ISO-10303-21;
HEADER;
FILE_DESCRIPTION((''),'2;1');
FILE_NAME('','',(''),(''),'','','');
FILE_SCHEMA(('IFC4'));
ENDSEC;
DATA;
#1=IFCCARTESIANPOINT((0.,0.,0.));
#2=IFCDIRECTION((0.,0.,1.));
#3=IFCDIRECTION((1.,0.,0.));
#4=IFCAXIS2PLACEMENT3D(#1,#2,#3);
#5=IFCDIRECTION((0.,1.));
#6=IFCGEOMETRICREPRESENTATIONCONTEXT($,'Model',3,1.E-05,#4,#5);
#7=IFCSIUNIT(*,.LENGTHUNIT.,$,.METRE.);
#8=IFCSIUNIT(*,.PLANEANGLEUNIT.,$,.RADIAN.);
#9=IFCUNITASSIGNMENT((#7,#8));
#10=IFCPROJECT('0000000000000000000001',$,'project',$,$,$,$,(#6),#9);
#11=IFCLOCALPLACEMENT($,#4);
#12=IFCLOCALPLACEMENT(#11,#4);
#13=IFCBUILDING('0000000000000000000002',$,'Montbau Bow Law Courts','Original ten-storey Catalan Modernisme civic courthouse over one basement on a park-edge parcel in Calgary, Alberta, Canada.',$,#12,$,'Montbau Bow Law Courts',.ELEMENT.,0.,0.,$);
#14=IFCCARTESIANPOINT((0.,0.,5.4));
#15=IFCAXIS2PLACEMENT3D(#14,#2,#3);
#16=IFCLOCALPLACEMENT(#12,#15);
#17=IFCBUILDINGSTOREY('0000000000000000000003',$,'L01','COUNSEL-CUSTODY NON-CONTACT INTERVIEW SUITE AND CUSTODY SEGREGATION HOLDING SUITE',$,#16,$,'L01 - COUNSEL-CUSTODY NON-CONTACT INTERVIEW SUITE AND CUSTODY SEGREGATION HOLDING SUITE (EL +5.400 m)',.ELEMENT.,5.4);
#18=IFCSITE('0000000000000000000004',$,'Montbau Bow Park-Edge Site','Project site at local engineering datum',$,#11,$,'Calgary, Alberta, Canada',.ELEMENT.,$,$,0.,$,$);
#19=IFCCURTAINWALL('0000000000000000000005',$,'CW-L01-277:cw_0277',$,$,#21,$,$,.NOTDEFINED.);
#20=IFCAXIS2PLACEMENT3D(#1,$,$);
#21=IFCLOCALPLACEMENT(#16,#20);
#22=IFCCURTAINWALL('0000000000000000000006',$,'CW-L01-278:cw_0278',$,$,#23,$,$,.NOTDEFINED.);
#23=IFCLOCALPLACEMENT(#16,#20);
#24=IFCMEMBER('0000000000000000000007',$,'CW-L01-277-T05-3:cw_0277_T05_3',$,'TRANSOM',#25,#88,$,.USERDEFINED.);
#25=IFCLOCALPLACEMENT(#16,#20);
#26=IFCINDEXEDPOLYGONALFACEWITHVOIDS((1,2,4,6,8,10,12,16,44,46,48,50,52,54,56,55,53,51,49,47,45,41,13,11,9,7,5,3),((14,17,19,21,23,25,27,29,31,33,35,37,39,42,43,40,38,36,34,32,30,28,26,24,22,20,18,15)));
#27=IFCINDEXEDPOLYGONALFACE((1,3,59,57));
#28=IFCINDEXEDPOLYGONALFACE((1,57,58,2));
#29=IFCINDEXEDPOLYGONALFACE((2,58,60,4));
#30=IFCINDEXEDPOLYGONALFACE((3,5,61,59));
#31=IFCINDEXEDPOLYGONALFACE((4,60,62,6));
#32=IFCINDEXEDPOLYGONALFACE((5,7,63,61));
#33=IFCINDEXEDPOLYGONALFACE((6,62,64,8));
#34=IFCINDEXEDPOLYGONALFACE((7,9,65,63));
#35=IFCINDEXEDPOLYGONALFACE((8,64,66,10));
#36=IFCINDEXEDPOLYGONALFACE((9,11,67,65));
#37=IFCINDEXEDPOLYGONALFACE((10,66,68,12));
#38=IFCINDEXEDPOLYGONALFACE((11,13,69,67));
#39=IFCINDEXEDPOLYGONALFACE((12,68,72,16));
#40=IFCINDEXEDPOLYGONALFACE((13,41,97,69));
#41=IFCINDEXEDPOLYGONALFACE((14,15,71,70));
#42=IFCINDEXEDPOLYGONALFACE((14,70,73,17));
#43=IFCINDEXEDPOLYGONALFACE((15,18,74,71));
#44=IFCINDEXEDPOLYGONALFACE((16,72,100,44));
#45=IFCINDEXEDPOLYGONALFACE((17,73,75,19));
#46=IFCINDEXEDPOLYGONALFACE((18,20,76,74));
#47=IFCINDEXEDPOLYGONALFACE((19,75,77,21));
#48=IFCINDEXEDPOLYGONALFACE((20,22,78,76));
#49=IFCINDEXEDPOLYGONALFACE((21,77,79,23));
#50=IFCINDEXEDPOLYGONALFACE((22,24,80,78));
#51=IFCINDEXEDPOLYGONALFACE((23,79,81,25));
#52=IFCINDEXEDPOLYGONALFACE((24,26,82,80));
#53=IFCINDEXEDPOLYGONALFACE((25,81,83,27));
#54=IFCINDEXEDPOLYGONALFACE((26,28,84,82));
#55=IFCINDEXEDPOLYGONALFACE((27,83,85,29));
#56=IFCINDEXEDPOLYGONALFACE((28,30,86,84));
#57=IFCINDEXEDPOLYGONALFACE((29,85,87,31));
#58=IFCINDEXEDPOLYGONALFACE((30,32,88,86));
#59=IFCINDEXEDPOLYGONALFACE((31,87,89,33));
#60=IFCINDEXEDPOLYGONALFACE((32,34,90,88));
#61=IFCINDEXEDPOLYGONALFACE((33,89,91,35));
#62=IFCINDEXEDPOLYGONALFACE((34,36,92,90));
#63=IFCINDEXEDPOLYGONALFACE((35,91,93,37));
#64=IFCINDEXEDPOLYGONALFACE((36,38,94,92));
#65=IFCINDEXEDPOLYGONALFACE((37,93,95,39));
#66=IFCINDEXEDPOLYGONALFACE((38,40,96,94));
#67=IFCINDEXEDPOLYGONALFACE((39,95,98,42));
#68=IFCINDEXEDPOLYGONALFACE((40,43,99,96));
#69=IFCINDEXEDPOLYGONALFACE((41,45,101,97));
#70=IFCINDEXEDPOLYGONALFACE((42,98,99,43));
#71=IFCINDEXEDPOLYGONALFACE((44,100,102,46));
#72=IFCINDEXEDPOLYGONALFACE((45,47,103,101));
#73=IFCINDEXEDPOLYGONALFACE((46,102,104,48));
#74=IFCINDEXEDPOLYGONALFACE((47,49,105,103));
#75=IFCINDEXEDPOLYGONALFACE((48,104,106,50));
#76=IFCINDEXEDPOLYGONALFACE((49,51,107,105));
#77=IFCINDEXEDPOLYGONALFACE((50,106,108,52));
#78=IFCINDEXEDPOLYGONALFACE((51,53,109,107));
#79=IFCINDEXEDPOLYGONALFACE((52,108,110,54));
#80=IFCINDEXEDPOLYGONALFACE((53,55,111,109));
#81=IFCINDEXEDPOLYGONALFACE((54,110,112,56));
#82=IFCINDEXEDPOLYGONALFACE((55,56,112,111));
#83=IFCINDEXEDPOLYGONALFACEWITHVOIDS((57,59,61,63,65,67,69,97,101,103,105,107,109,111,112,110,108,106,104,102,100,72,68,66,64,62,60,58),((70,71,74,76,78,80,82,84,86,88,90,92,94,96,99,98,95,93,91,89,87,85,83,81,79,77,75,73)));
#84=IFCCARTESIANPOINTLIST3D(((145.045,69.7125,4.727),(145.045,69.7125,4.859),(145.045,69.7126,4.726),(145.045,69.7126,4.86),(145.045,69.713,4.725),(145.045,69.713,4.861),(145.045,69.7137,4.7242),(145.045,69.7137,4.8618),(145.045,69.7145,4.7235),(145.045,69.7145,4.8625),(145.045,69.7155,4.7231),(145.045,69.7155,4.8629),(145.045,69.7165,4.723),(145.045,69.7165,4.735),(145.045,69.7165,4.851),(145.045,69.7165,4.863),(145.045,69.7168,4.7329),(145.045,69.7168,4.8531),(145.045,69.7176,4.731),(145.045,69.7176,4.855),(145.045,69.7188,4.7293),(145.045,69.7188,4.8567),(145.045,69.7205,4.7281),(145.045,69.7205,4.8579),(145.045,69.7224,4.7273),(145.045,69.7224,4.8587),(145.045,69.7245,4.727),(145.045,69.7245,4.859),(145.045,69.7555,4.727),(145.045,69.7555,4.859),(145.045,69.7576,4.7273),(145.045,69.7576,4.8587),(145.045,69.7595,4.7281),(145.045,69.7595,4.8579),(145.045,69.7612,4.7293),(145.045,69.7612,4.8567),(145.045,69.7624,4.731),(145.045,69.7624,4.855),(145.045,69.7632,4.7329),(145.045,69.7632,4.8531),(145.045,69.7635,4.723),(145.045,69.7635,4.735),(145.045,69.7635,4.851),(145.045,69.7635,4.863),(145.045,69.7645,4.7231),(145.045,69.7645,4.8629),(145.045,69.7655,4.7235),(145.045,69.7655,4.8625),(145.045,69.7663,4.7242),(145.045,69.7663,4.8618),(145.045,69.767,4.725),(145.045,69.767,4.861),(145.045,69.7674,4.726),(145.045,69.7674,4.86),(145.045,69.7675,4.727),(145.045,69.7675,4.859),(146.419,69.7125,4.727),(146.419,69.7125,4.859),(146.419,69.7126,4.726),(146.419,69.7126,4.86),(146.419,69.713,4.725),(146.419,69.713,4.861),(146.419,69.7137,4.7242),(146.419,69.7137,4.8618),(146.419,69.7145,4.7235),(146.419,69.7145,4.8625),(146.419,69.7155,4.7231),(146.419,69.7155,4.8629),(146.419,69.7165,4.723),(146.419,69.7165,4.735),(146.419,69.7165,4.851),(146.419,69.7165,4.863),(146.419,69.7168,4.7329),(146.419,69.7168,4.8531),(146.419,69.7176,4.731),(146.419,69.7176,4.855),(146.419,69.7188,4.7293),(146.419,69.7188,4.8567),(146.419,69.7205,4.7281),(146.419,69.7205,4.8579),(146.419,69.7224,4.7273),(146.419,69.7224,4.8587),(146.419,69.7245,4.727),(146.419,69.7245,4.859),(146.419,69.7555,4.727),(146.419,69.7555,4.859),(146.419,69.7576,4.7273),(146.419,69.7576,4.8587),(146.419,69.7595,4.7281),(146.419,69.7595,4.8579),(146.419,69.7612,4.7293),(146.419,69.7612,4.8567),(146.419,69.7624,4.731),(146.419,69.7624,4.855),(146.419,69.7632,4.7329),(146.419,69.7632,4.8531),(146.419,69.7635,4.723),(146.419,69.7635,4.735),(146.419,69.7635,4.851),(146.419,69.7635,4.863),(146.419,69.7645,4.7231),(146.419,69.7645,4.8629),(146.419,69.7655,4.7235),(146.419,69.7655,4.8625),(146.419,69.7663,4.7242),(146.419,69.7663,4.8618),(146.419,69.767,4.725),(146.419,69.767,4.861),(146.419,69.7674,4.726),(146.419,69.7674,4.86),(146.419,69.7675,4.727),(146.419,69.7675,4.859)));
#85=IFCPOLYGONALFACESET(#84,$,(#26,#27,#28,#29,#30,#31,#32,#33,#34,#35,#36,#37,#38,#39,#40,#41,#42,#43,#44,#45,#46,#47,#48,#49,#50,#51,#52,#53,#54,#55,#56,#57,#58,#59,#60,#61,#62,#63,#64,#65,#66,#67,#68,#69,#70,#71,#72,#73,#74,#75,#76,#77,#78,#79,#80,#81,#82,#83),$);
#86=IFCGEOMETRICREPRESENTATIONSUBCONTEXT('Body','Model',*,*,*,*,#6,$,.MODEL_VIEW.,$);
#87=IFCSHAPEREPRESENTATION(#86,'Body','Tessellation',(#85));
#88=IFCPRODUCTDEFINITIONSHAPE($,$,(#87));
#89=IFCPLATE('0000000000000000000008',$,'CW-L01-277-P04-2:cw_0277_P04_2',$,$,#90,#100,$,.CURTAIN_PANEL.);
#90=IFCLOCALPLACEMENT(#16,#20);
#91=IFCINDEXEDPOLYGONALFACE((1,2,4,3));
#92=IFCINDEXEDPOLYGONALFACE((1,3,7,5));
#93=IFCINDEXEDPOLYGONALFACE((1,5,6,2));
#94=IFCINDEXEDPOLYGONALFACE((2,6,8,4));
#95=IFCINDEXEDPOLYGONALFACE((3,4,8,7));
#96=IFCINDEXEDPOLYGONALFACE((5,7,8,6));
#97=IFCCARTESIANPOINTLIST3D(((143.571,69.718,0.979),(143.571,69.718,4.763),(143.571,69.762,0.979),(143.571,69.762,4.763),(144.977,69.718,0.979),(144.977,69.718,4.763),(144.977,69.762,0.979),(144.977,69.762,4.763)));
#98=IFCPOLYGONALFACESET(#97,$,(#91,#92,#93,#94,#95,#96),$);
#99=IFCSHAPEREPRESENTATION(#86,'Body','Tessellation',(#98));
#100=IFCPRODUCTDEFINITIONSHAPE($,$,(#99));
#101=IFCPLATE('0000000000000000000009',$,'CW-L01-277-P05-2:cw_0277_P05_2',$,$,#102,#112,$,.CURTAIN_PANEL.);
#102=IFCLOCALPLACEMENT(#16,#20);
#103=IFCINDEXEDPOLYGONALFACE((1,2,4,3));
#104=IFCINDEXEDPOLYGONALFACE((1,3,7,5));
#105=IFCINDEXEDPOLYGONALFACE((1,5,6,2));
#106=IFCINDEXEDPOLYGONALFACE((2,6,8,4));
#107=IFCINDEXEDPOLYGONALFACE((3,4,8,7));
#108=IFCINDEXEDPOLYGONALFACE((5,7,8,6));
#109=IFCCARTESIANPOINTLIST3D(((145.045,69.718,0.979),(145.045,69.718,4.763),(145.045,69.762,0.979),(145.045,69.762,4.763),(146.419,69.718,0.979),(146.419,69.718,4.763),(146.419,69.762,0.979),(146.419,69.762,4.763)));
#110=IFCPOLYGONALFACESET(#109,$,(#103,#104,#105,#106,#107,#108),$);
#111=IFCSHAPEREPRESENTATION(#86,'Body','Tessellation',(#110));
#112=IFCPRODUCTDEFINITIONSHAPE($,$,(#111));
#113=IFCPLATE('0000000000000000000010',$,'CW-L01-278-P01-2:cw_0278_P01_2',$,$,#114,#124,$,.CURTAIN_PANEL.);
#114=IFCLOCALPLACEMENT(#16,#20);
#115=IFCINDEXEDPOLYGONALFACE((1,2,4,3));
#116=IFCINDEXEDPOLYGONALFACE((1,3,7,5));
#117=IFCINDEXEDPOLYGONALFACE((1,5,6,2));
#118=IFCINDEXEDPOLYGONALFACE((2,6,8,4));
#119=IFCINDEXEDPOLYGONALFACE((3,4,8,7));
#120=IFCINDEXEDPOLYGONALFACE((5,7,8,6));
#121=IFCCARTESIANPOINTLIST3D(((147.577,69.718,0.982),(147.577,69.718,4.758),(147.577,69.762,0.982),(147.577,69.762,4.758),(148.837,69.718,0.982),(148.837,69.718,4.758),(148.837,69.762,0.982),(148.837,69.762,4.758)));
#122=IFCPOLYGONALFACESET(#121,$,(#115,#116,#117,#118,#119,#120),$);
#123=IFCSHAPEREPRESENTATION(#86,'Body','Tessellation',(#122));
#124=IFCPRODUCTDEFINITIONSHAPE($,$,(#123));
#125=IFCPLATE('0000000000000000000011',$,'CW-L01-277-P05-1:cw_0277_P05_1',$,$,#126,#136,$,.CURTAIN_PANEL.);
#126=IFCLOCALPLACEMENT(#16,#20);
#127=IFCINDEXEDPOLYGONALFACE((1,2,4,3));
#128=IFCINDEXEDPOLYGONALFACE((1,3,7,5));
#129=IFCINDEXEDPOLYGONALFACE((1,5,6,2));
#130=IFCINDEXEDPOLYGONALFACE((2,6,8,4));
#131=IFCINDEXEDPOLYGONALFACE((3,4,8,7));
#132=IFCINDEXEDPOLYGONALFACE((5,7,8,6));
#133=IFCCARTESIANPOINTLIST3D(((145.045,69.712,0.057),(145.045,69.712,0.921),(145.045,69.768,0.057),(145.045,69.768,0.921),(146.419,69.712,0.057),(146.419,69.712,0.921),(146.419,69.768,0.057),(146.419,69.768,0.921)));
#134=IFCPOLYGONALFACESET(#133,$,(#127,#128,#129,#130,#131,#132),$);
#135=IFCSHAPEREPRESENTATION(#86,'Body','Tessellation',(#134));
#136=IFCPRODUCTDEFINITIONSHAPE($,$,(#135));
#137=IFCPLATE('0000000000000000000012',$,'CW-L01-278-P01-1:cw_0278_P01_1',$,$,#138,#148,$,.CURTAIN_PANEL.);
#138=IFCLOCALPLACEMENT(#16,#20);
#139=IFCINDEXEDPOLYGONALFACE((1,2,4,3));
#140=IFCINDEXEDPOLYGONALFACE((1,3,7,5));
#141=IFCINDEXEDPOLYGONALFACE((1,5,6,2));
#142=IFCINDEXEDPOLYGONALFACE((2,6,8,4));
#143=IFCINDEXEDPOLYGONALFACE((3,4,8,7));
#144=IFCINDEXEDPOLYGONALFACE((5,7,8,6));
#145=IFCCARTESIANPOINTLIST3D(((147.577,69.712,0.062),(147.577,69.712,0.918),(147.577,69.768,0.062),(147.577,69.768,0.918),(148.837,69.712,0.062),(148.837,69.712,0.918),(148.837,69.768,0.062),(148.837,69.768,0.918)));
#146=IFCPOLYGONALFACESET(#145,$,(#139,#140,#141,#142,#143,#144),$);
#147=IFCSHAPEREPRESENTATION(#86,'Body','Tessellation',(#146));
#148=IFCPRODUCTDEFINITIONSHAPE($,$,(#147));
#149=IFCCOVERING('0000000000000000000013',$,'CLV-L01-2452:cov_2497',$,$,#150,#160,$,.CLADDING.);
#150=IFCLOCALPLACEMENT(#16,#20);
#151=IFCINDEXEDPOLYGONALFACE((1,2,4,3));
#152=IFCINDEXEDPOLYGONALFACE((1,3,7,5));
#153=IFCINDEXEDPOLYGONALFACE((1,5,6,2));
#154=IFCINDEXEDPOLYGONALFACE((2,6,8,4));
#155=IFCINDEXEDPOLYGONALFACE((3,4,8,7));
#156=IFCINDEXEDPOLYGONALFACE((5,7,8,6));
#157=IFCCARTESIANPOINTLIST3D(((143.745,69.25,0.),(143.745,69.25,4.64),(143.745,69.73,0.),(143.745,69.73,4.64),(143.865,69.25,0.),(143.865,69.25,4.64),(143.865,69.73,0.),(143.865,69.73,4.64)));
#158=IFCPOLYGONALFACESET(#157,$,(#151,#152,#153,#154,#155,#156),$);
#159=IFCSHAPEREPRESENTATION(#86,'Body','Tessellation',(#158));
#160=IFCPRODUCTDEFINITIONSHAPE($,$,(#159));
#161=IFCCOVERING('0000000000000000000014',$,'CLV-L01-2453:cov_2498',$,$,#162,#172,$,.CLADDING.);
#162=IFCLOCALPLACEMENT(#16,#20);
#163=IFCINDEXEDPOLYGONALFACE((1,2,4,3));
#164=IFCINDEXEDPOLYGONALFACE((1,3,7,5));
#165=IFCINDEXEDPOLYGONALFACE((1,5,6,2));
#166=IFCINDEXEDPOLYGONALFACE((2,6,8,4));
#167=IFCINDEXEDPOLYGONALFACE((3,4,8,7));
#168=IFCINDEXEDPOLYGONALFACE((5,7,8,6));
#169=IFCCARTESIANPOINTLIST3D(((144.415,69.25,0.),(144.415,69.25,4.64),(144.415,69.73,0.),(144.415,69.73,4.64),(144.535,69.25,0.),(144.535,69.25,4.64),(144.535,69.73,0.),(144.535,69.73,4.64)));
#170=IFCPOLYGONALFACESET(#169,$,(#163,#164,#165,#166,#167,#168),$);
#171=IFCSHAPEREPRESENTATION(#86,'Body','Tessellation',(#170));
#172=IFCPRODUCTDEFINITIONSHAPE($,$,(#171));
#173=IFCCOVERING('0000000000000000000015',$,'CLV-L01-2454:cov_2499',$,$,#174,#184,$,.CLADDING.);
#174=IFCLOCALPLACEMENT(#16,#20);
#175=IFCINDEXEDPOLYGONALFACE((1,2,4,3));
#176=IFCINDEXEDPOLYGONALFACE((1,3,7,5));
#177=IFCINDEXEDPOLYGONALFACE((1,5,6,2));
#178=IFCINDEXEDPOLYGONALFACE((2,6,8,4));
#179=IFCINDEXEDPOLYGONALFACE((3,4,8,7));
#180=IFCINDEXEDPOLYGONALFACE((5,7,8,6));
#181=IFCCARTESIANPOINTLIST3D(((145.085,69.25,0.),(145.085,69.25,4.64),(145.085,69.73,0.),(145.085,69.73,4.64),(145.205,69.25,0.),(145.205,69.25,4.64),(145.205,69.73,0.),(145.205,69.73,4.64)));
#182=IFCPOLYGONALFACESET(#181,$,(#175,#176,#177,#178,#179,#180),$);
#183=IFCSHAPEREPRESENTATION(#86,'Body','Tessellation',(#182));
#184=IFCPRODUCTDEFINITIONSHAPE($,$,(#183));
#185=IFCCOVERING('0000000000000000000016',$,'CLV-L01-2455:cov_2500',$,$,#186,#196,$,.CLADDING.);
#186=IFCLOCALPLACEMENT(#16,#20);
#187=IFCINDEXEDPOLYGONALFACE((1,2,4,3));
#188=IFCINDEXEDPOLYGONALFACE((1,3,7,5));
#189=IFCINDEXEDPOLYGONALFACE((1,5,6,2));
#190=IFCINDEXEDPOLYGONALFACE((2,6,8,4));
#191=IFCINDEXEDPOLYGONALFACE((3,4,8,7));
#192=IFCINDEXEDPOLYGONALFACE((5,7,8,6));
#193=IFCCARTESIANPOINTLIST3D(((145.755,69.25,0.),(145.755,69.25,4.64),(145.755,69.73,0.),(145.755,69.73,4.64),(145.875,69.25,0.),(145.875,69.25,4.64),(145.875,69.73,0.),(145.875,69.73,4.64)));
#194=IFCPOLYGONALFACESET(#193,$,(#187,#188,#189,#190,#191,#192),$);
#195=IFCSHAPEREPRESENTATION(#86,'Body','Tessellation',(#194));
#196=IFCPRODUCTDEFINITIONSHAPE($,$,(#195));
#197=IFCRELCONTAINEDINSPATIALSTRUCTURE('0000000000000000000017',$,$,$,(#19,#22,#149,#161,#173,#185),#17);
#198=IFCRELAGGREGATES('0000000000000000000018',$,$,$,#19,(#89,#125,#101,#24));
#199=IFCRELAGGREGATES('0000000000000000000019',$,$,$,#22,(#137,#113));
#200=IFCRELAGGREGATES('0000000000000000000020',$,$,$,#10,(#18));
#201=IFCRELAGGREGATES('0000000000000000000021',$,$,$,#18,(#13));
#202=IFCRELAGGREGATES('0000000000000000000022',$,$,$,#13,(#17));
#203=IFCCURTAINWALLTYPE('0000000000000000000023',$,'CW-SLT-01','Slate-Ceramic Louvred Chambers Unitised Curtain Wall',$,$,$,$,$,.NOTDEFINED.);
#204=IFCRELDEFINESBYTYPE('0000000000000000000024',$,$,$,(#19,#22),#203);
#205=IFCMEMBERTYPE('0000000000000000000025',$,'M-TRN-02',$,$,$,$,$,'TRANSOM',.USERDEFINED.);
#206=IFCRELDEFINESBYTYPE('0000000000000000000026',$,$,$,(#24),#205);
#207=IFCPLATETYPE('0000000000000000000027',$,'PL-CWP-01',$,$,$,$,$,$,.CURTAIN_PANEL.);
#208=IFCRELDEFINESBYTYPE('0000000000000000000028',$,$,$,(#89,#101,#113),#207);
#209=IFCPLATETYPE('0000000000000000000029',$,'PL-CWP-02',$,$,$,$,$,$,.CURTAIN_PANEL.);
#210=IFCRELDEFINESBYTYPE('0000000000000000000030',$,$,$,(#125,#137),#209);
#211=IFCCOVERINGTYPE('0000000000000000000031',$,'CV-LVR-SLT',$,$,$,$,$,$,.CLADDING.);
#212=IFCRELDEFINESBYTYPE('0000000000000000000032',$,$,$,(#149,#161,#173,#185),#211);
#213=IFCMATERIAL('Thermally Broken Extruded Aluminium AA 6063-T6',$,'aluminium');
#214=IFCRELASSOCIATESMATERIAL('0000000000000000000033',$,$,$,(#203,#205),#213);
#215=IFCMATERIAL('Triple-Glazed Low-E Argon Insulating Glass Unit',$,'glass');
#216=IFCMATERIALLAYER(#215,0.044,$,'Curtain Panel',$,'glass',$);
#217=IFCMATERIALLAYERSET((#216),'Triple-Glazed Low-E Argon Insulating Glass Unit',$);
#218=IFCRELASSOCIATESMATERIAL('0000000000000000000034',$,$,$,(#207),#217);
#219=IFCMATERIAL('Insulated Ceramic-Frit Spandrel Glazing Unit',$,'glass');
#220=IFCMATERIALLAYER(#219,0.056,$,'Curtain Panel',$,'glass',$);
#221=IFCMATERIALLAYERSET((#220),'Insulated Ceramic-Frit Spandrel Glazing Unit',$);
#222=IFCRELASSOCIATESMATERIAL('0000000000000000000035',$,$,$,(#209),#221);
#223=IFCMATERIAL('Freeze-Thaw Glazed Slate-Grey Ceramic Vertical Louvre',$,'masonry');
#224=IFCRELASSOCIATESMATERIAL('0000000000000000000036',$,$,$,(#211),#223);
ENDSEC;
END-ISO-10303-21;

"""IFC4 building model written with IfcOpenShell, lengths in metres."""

from ifc_helpers import new_model, si_unit, direction, frame, frame_2d, origin_with_axes, origin_2d_with_axis, place, context, subcontext, project, spatial, rectangle, hollow_rectangle, extrude, material, layer, layer_set, material_profile, profile_set, type_object, element, aggregate, save


model = new_model("IFC4")

# Units and contexts
model_context = context("Model", 3, precision=1e-05, world=origin_with_axes(), true_north=direction((0.0, 1.0)))
body_context = subcontext(model_context, "Body", "Model", "MODEL_VIEW")
ifc_project = project(units=[si_unit("LENGTHUNIT", "METRE"), si_unit("PLANEANGLEUNIT", "RADIAN")], contexts=[model_context])

# Site, building, storey
site_placement = place(None, origin_with_axes())
site = spatial("IfcSite", under=ifc_project, at=site_placement, Name="Montbau Bow Park-Edge Site", Description="Project site at local engineering datum", LongName="Calgary, Alberta, Canada", CompositionType="ELEMENT", RefElevation=0.0)
building_placement = place(site_placement, origin_with_axes())
building = spatial("IfcBuilding", under=site, at=building_placement, Name="Montbau Bow Law Courts", Description="Original ten-storey Catalan Modernisme civic courthouse over one basement on a park-edge parcel in Calgary, Alberta, Canada.", LongName="Montbau Bow Law Courts", CompositionType="ELEMENT", ElevationOfRefHeight=0.0, ElevationOfTerrain=0.0)
storey_placement = place(building_placement, frame((0.0, 0.0, 5.4), z_axis=(0.0, 0.0, 1.0), x_axis=(1.0, 0.0, 0.0)))
storey = spatial("IfcBuildingStorey", under=building, at=storey_placement, Name="L01", Description="COUNSEL-CUSTODY NON-CONTACT INTERVIEW SUITE AND CUSTODY SEGREGATION HOLDING SUITE", LongName="L01 - COUNSEL-CUSTODY NON-CONTACT INTERVIEW SUITE AND CUSTODY SEGREGATION HOLDING SUITE (EL +5.400 m)", CompositionType="ELEMENT", Elevation=5.4)

# Curtain walls
ifc_material_1 = material(Name="Thermally Broken Extruded Aluminium AA 6063-T6", Category="aluminium")
curtain_wall_type = type_object("IfcCurtainWallType", Name="CW-SLT-01", Description="Slate-Ceramic Louvred Chambers Unitised Curtain Wall", PredefinedType="NOTDEFINED", material=ifc_material_1)
curtain_wall_1_placement = place(None, frame((139.115, 69.74, 5.4), z_axis=(0.0, 0.0, 1.0), x_axis=(1.0, 0.0, 0.0)))
curtain_wall_1 = element("IfcCurtainWall", 1, at=curtain_wall_1_placement, inside=storey, type_object=curtain_wall_type, Name="CW-L01-277:cw_0277", PredefinedType="NOTDEFINED")
curtain_wall_2_placement = place(None, frame((147.515, 69.74, 5.4), z_axis=(0.0, 0.0, 1.0), x_axis=(1.0, 0.0, 0.0)))
curtain_wall_2 = element("IfcCurtainWall", 2, at=curtain_wall_2_placement, inside=storey, type_object=curtain_wall_type, Name="CW-L01-278:cw_0278", PredefinedType="NOTDEFINED")

# Member
ifc_material_profile_1 = material_profile(ifc_material_1, hollow_rectangle(XDim=0.055, YDim=0.14, WallThickness=0.004, InnerFilletRadius=0.008, OuterFilletRadius=0.004, at=origin_2d_with_axis()), Name="CWT-140X55", Category="Main", Priority=0)
ifc_profile_set_1 = profile_set([ifc_material_profile_1], Name="Thermally Broken Extruded Aluminium AA 6063-T6")
member_type_1 = type_object("IfcMemberType", Name="M-TRN-02", ElementType="TRANSOM", PredefinedType="USERDEFINED", material=ifc_profile_set_1)
member_1_placement = place(None, frame((145.045, 69.74, 10.193), z_axis=(1.0, 0.0, 0.0), x_axis=(0.0, 1.0, 0.0)))
member_1 = element("IfcMember", 3, at=member_1_placement, type_object=member_type_1, Name="CW-L01-277-T05-3:cw_0277_T05_3", ObjectType="TRANSOM", PredefinedType="USERDEFINED", context=body_context, shape_type="SweptSolid", body=[
    extrude(hollow_rectangle(XDim=0.055, YDim=0.14, WallThickness=0.004, InnerFilletRadius=0.008, OuterFilletRadius=0.004, at=origin_2d_with_axis()), origin_with_axes(), (0.0, 0.0, 1.0), 1.374),
])

# Plates
ifc_material_2 = material(Name="Triple-Glazed Low-E Argon Insulating Glass Unit", Category="glass")
ifc_layer_1 = layer(ifc_material_2, 0.044, Name="Curtain Panel", Category="glass")
ifc_layer_set_1 = layer_set([ifc_layer_1], Name="Triple-Glazed Low-E Argon Insulating Glass Unit")
plate_type_1 = type_object("IfcPlateType", Name="PL-CWP-01", PredefinedType="CURTAIN_PANEL", material=ifc_layer_set_1)
plate_1_placement = place(None, frame((143.571, 69.74, 6.379), z_axis=(0.0, -1.0, 0.0), x_axis=(1.0, 0.0, 0.0)))
plate_1 = element("IfcPlate", 4, at=plate_1_placement, type_object=plate_type_1, Name="CW-L01-277-P04-2:cw_0277_P04_2", PredefinedType="CURTAIN_PANEL", context=body_context, shape_type="SweptSolid", body=[
    extrude(rectangle(XDim=1.406, YDim=3.784, at=frame_2d((0.703, 1.892), x_axis=(1.0, 0.0))), frame((0.0, 0.0, -0.022), z_axis=(0.0, 0.0, 1.0), x_axis=(1.0, 0.0, 0.0)), (0.0, 0.0, 1.0), 0.044),
])
plate_2_placement = place(None, frame((145.045, 69.74, 6.379), z_axis=(0.0, -1.0, 0.0), x_axis=(1.0, 0.0, 0.0)))
plate_2 = element("IfcPlate", 5, at=plate_2_placement, type_object=plate_type_1, Name="CW-L01-277-P05-2:cw_0277_P05_2", PredefinedType="CURTAIN_PANEL", context=body_context, shape_type="SweptSolid", body=[
    extrude(rectangle(XDim=1.374, YDim=3.784, at=frame_2d((0.687, 1.892), x_axis=(1.0, 0.0))), frame((0.0, 0.0, -0.022), z_axis=(0.0, 0.0, 1.0), x_axis=(1.0, 0.0, 0.0)), (0.0, 0.0, 1.0), 0.044),
])
plate_3_placement = place(None, frame((147.577, 69.74, 6.382), z_axis=(0.0, -1.0, 0.0), x_axis=(1.0, 0.0, 0.0)))
plate_3 = element("IfcPlate", 6, at=plate_3_placement, type_object=plate_type_1, Name="CW-L01-278-P01-2:cw_0278_P01_2", PredefinedType="CURTAIN_PANEL", context=body_context, shape_type="SweptSolid", body=[
    extrude(rectangle(XDim=1.26, YDim=3.776, at=frame_2d((0.63, 1.888), x_axis=(1.0, 0.0))), frame((0.0, 0.0, -0.022), z_axis=(0.0, 0.0, 1.0), x_axis=(1.0, 0.0, 0.0)), (0.0, 0.0, 1.0), 0.044),
])
ifc_material_3 = material(Name="Insulated Ceramic-Frit Spandrel Glazing Unit", Category="glass")
ifc_layer_2 = layer(ifc_material_3, 0.056, Name="Curtain Panel", Category="glass")
ifc_layer_set_2 = layer_set([ifc_layer_2], Name="Insulated Ceramic-Frit Spandrel Glazing Unit")
plate_type_2 = type_object("IfcPlateType", Name="PL-CWP-02", PredefinedType="CURTAIN_PANEL", material=ifc_layer_set_2)
plate_4_placement = place(None, frame((145.045, 69.74, 5.457), z_axis=(0.0, -1.0, 0.0), x_axis=(1.0, 0.0, 0.0)))
plate_4 = element("IfcPlate", 7, at=plate_4_placement, type_object=plate_type_2, Name="CW-L01-277-P05-1:cw_0277_P05_1", PredefinedType="CURTAIN_PANEL", context=body_context, shape_type="SweptSolid", body=[
    extrude(rectangle(XDim=1.374, YDim=0.864, at=frame_2d((0.687, 0.432), x_axis=(1.0, 0.0))), frame((0.0, 0.0, -0.028), z_axis=(0.0, 0.0, 1.0), x_axis=(1.0, 0.0, 0.0)), (0.0, 0.0, 1.0), 0.056),
])
aggregate(curtain_wall_1, [plate_1, plate_4, plate_2, member_1])
plate_5_placement = place(None, frame((147.577, 69.74, 5.462), z_axis=(0.0, -1.0, 0.0), x_axis=(1.0, 0.0, 0.0)))
plate_5 = element("IfcPlate", 8, at=plate_5_placement, type_object=plate_type_2, Name="CW-L01-278-P01-1:cw_0278_P01_1", PredefinedType="CURTAIN_PANEL", context=body_context, shape_type="SweptSolid", body=[
    extrude(rectangle(XDim=1.26, YDim=0.856, at=frame_2d((0.63, 0.428), x_axis=(1.0, 0.0))), frame((0.0, 0.0, -0.028), z_axis=(0.0, 0.0, 1.0), x_axis=(1.0, 0.0, 0.0)), (0.0, 0.0, 1.0), 0.056),
])
aggregate(curtain_wall_2, [plate_5, plate_3])

# Coverings
ifc_material_4 = material(Name="Freeze-Thaw Glazed Slate-Grey Ceramic Vertical Louvre", Category="masonry")
covering_type = type_object("IfcCoveringType", Name="CV-LVR-SLT", PredefinedType="CLADDING", material=ifc_material_4)
for number, where, z_axis, x_axis, name in (
    (9, (143.805, 69.73, 5.4), (-1.0, 0.0, 0.0), (0.0, -1.0, 0.0), "CLV-L01-2452:cov_2497"),
    (10, (144.475, 69.73, 5.4), (-1.0, 0.0, 0.0), (0.0, -1.0, 0.0), "CLV-L01-2453:cov_2498"),
    (11, (145.145, 69.73, 5.4), (-1.0, 0.0, 0.0), (0.0, -1.0, 0.0), "CLV-L01-2454:cov_2499"),
    (12, (145.815, 69.73, 5.4), (-1.0, 0.0, 0.0), (0.0, -1.0, 0.0), "CLV-L01-2455:cov_2500"),
):
    element("IfcCovering", number, at=place(None, frame(where, z_axis=z_axis, x_axis=x_axis)), inside=storey, type_object=covering_type, Name=name, PredefinedType="CLADDING", context=body_context, shape_type="SweptSolid", body=[
        extrude(rectangle(XDim=0.48, YDim=4.64, at=frame_2d((0.24, 2.32), x_axis=(1.0, 0.0))), frame((0.0, 0.0, -0.06), z_axis=(0.0, 0.0, 1.0), x_axis=(1.0, 0.0, 0.0)), (0.0, 0.0, 1.0), 0.12),
    ])

save(model, "model.ifc")
